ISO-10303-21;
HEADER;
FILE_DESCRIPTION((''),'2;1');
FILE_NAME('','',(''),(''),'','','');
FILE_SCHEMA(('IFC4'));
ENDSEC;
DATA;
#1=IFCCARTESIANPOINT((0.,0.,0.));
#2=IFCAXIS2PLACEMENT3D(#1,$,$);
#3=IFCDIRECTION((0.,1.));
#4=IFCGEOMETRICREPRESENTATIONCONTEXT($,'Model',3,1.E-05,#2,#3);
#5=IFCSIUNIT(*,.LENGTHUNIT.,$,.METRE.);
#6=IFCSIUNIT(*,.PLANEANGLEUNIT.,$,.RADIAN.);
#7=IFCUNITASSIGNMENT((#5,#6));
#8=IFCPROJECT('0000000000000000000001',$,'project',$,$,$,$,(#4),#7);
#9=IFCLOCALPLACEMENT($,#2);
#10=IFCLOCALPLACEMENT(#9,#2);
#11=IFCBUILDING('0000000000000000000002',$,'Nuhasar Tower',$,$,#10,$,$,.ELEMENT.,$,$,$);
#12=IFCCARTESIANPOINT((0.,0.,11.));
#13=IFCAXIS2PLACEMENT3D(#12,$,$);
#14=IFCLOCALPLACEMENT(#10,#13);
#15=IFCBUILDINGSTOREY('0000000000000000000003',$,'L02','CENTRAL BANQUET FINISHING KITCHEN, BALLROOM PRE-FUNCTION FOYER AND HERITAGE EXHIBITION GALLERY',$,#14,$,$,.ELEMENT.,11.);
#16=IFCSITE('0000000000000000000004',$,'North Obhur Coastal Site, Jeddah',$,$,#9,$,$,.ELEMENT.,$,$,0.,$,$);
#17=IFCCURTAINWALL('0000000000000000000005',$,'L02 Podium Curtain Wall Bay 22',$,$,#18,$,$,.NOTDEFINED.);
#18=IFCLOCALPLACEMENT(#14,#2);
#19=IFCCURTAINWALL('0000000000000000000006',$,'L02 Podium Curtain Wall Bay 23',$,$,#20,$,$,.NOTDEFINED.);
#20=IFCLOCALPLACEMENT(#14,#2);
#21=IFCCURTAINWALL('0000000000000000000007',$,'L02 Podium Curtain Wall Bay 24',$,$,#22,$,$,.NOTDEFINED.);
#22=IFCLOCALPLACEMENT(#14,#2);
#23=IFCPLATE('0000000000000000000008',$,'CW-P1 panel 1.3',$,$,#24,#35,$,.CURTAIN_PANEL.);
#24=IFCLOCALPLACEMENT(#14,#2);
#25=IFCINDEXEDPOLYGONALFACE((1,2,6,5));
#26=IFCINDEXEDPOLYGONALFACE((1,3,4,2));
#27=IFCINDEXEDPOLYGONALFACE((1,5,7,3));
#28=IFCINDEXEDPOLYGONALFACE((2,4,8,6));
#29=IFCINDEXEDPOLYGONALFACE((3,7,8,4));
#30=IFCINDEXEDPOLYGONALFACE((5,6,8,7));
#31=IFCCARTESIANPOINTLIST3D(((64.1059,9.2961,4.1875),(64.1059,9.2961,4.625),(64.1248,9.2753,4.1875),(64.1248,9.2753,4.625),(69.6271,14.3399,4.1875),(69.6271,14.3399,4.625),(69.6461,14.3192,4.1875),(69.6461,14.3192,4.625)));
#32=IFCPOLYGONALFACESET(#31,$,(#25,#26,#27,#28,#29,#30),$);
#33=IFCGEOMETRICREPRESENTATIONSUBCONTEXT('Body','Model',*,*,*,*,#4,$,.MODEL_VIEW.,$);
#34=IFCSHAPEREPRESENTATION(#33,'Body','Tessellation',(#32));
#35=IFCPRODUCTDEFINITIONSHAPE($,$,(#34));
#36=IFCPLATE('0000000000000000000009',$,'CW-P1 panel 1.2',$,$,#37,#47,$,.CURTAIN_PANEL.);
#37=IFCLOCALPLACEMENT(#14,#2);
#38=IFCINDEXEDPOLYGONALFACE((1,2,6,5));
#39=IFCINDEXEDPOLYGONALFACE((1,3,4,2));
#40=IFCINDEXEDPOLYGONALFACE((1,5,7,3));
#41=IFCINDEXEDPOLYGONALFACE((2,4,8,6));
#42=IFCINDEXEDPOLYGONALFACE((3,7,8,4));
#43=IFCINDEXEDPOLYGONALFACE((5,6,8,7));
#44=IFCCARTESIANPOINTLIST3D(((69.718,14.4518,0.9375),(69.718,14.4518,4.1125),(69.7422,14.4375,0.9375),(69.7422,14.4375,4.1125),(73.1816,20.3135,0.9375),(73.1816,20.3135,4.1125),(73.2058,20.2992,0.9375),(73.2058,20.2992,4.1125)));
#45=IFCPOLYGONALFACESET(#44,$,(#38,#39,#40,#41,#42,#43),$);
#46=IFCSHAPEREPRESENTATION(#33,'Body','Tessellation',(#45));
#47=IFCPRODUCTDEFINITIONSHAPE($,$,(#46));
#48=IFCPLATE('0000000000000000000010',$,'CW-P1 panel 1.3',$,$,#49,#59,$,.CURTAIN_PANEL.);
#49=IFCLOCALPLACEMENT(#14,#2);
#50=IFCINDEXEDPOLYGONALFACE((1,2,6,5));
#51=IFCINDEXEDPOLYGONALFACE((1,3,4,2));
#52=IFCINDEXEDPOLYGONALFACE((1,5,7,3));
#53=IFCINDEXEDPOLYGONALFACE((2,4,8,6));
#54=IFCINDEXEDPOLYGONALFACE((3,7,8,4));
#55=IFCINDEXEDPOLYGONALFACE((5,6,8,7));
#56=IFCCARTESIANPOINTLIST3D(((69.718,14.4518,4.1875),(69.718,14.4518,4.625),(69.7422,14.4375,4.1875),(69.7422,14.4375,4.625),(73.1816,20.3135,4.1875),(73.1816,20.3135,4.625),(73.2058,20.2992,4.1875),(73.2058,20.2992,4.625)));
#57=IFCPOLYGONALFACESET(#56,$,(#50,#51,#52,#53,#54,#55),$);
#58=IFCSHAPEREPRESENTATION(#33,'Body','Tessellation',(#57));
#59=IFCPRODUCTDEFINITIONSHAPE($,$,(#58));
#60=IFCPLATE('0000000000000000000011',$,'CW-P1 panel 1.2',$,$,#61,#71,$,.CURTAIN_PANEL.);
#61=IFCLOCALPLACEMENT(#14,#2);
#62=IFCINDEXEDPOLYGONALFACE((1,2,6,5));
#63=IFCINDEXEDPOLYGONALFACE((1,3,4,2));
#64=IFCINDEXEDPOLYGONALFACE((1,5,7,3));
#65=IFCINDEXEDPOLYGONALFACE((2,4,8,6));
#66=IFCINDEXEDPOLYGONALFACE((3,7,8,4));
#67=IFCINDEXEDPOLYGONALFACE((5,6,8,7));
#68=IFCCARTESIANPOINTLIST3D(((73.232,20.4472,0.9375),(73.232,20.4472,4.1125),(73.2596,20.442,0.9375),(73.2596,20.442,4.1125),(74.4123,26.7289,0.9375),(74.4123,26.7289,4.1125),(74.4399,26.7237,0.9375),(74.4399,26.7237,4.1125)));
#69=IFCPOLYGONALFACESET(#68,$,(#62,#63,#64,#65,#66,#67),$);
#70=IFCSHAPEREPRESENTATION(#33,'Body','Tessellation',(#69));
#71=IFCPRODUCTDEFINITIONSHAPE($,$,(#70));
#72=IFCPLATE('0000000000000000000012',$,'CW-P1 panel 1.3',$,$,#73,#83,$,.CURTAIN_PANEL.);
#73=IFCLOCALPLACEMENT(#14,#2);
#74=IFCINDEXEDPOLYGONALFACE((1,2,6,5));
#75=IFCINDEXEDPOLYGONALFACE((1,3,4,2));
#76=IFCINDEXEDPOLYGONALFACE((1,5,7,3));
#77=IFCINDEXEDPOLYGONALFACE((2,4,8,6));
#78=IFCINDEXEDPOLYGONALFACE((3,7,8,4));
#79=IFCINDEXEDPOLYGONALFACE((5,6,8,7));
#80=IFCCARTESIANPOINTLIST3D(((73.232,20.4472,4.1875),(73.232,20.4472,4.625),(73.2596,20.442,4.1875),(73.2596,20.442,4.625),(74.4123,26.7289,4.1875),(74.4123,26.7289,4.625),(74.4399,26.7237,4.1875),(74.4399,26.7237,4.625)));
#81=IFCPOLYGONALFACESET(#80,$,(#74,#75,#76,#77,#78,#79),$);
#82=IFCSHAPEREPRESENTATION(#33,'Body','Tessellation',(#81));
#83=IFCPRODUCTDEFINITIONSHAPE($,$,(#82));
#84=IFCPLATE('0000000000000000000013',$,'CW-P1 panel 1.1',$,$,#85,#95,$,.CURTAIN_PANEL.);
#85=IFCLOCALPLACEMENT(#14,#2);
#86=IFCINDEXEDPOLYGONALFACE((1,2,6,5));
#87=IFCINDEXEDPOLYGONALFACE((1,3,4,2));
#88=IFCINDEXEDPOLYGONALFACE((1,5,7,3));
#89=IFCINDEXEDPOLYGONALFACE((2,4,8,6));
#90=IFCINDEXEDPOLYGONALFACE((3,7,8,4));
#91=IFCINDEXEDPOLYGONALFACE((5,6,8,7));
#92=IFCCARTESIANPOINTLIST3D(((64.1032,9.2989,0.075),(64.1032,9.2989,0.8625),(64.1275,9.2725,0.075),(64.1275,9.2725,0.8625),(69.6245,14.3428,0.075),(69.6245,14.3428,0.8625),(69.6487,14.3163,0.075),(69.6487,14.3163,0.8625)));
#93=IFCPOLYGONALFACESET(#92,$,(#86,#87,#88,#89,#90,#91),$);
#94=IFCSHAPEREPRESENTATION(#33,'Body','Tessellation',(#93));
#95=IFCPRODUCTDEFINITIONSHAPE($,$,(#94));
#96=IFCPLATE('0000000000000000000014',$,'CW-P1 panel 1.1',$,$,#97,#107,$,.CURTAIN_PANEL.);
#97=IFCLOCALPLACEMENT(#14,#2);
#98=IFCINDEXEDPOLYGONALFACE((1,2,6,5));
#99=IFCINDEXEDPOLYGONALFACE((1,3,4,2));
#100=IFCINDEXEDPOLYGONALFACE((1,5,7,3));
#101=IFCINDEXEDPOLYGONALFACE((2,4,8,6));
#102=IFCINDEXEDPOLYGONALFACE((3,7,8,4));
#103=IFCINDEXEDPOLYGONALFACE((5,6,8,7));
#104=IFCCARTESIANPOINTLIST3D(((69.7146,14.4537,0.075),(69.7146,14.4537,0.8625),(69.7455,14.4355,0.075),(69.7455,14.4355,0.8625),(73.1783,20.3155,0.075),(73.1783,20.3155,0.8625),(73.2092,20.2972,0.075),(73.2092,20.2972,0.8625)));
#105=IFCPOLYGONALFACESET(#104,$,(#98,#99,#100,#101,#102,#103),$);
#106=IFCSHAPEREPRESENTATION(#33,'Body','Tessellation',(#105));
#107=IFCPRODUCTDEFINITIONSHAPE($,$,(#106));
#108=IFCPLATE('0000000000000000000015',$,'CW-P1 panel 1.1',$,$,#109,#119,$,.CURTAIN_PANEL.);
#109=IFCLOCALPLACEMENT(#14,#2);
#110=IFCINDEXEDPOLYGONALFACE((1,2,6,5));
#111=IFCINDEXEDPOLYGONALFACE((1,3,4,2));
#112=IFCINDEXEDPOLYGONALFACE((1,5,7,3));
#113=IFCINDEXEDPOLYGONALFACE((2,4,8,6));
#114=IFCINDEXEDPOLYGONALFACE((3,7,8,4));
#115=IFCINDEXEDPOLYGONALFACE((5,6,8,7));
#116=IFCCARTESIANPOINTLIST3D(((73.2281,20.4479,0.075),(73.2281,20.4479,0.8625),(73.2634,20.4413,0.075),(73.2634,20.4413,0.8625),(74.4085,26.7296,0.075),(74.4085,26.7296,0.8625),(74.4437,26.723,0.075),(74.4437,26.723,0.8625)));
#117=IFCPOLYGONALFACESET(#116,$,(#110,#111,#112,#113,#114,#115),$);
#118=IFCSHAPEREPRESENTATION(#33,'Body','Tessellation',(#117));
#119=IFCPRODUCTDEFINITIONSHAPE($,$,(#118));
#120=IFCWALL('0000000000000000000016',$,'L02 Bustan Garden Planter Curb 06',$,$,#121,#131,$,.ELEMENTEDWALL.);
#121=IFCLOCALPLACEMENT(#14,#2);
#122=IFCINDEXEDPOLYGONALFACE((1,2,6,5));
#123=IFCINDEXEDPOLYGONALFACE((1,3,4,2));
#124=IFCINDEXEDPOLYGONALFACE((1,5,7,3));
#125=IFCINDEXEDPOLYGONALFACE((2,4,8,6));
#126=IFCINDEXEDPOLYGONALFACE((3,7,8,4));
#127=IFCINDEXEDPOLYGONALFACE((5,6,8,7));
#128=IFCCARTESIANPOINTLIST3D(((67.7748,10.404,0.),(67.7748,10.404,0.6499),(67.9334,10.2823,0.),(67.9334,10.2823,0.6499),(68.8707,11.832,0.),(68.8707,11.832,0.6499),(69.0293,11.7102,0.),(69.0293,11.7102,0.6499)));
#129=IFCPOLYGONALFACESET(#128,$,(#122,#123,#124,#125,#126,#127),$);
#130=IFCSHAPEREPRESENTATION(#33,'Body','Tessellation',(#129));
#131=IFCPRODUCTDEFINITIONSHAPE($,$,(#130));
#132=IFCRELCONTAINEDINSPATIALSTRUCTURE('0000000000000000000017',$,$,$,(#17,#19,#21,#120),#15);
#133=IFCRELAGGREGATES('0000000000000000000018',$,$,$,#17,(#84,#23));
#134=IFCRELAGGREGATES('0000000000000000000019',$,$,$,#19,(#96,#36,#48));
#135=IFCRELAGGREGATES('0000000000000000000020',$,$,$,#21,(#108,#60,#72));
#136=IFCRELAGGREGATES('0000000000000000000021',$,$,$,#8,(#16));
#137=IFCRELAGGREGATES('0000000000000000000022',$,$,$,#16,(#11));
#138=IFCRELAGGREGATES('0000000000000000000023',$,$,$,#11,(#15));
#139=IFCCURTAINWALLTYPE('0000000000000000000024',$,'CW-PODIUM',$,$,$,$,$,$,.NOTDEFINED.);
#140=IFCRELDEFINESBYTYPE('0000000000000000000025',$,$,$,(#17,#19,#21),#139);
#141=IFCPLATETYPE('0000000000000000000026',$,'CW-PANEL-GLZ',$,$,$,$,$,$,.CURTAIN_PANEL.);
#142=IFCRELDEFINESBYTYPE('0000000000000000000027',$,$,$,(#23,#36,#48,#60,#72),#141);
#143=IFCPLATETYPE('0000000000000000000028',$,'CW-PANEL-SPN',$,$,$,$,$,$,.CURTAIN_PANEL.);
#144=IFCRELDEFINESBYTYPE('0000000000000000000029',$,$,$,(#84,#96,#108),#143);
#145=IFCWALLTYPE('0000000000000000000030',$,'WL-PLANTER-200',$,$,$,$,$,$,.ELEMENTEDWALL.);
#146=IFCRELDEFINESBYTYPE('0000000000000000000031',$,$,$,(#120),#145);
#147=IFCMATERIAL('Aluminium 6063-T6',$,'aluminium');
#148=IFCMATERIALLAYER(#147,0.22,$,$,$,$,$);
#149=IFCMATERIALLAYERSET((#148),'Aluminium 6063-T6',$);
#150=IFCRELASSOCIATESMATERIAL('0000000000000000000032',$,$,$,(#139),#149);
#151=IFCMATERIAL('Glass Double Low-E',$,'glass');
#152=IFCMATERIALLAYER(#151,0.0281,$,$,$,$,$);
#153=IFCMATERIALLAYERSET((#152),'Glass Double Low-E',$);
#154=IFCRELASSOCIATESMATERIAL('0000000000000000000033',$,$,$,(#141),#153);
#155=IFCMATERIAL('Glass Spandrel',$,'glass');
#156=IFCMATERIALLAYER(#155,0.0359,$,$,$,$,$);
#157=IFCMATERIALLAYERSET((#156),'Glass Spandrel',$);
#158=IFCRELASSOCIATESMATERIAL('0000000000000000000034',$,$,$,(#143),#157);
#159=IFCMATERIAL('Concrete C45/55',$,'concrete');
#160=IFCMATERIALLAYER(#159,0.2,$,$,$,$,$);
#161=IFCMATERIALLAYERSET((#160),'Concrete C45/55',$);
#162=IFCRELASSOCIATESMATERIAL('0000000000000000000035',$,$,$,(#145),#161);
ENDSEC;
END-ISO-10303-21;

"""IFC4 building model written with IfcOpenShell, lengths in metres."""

from ifc_helpers import new_model, si_unit, direction, frame, frame_2d, origin, origin_2d, place, context, subcontext, project, spatial, rectangle, extrude, material, layer, layer_set, type_object, element, aggregate, save


model = new_model("IFC4")

# Units and contexts
model_context = context("Model", 3, precision=1e-05, world=origin(), true_north=direction((0.0, 1.0)))
body_context = subcontext(model_context, "Body", "Model", "MODEL_VIEW")
ifc_project = project(units=[si_unit("LENGTHUNIT", "METRE"), si_unit("PLANEANGLEUNIT", "RADIAN")], contexts=[model_context])

# Site, building, storey
site_placement = place(None, origin())
site = spatial("IfcSite", under=ifc_project, at=site_placement, Name="North Obhur Coastal Site, Jeddah", CompositionType="ELEMENT", RefElevation=0.0)
building_placement = place(site_placement, origin())
building = spatial("IfcBuilding", under=site, at=building_placement, Name="Nuhasar Tower", CompositionType="ELEMENT")
storey_placement = place(building_placement, frame((0.0, 0.0, 11.0)))
storey = spatial("IfcBuildingStorey", under=building, at=storey_placement, Name="L02", Description="CENTRAL BANQUET FINISHING KITCHEN, BALLROOM PRE-FUNCTION FOYER AND HERITAGE EXHIBITION GALLERY", CompositionType="ELEMENT", Elevation=11.0)

# Shared definitions
ifc_material_1 = material(Name="Aluminium 6063-T6", Category="aluminium")
ifc_layer_1 = layer(ifc_material_1, 0.22)
ifc_layer_set_1 = layer_set([ifc_layer_1], Name="Aluminium 6063-T6")
curtain_wall_type = type_object("IfcCurtainWallType", Name="CW-PODIUM", PredefinedType="NOTDEFINED", material=ifc_layer_set_1)

# Curtain walls
curtain_wall_1_placement = place(storey_placement, origin())
curtain_wall_1 = element("IfcCurtainWall", 1, at=curtain_wall_1_placement, inside=storey, type_object=curtain_wall_type, Name="L02 Podium Curtain Wall Bay 22", PredefinedType="NOTDEFINED")
curtain_wall_2_placement = place(storey_placement, origin())
curtain_wall_2 = element("IfcCurtainWall", 2, at=curtain_wall_2_placement, inside=storey, type_object=curtain_wall_type, Name="L02 Podium Curtain Wall Bay 23", PredefinedType="NOTDEFINED")

# Curtain wall
curtain_wall_3_placement = place(storey_placement, origin())
curtain_wall_3 = element("IfcCurtainWall", 3, at=curtain_wall_3_placement, inside=storey, type_object=curtain_wall_type, Name="L02 Podium Curtain Wall Bay 24", PredefinedType="NOTDEFINED")

# Plates
ifc_material_2 = material(Name="Glass Double Low-E", Category="glass")
ifc_layer_2 = layer(ifc_material_2, 0.0281)
ifc_layer_set_2 = layer_set([ifc_layer_2], Name="Glass Double Low-E")
plate_type_1 = type_object("IfcPlateType", Name="CW-PANEL-GLZ", PredefinedType="CURTAIN_PANEL", material=ifc_layer_set_2)
plate_1_placement = place(storey_placement, frame((66.876, 11.8076, 4.1875), z_axis=(0.0, 0.0, 1.0), x_axis=(0.738307, 0.674465, 0.0)))
plate_1 = element("IfcPlate", 4, at=plate_1_placement, type_object=plate_type_1, Name="CW-P1 panel 1.3", PredefinedType="CURTAIN_PANEL", context=body_context, shape_type="SweptSolid", body=[
    extrude(rectangle(XDim=7.4783, YDim=0.0281, at=origin_2d()), origin(), (0.0, 0.0, 1.0), 0.4375),
])
plate_2_placement = place(storey_placement, frame((71.4619, 17.3755, 0.9375), z_axis=(0.0, 0.0, 1.0), x_axis=(0.508715, 0.860935, 0.0)))
plate_2 = element("IfcPlate", 5, at=plate_2_placement, type_object=plate_type_1, Name="CW-P1 panel 1.2", PredefinedType="CURTAIN_PANEL", context=body_context, shape_type="SweptSolid", body=[
    extrude(rectangle(XDim=6.8086, YDim=0.0281, at=origin_2d()), origin(), (0.0, 0.0, 1.0), 3.175),
])
plate_3_placement = place(storey_placement, frame((71.4619, 17.3755, 4.1875), z_axis=(0.0, 0.0, 1.0), x_axis=(0.508715, 0.860935, 0.0)))
plate_3 = element("IfcPlate", 6, at=plate_3_placement, type_object=plate_type_1, Name="CW-P1 panel 1.3", PredefinedType="CURTAIN_PANEL", context=body_context, shape_type="SweptSolid", body=[
    extrude(rectangle(XDim=6.8086, YDim=0.0281, at=origin_2d()), origin(), (0.0, 0.0, 1.0), 0.4375),
])
plate_4_placement = place(storey_placement, frame((73.8359, 23.5854, 0.9375), z_axis=(0.0, 0.0, 1.0), x_axis=(0.184667, 0.982801, 0.0)))
plate_4 = element("IfcPlate", 7, at=plate_4_placement, type_object=plate_type_1, Name="CW-P1 panel 1.2", PredefinedType="CURTAIN_PANEL", context=body_context, shape_type="SweptSolid", body=[
    extrude(rectangle(XDim=6.3916, YDim=0.0281, at=origin_2d()), origin(), (0.0, 0.0, 1.0), 3.175),
])
plate_5_placement = place(storey_placement, frame((73.8359, 23.5854, 4.1875), z_axis=(0.0, 0.0, 1.0), x_axis=(0.184667, 0.982801, 0.0)))
plate_5 = element("IfcPlate", 8, at=plate_5_placement, type_object=plate_type_1, Name="CW-P1 panel 1.3", PredefinedType="CURTAIN_PANEL", context=body_context, shape_type="SweptSolid", body=[
    extrude(rectangle(XDim=6.3916, YDim=0.0281, at=origin_2d()), origin(), (0.0, 0.0, 1.0), 0.4375),
])
ifc_material_3 = material(Name="Glass Spandrel", Category="glass")
ifc_layer_3 = layer(ifc_material_3, 0.0359)
ifc_layer_set_3 = layer_set([ifc_layer_3], Name="Glass Spandrel")
plate_type_2 = type_object("IfcPlateType", Name="CW-PANEL-SPN", PredefinedType="CURTAIN_PANEL", material=ifc_layer_set_3)
plate_6_placement = place(storey_placement, frame((66.876, 11.8076, 0.075), z_axis=(0.0, 0.0, 1.0), x_axis=(0.738307, 0.674465, 0.0)))
plate_6 = element("IfcPlate", 9, at=plate_6_placement, type_object=plate_type_2, Name="CW-P1 panel 1.1", PredefinedType="CURTAIN_PANEL", context=body_context, shape_type="SweptSolid", body=[
    extrude(rectangle(XDim=7.4783, YDim=0.0359, at=origin_2d()), origin(), (0.0, 0.0, 1.0), 0.7876),
])
aggregate(curtain_wall_1, [plate_6, plate_1])
plate_7_placement = place(storey_placement, frame((71.4619, 17.3755, 0.075), z_axis=(0.0, 0.0, 1.0), x_axis=(0.508715, 0.860935, 0.0)))
plate_7 = element("IfcPlate", 10, at=plate_7_placement, type_object=plate_type_2, Name="CW-P1 panel 1.1", PredefinedType="CURTAIN_PANEL", context=body_context, shape_type="SweptSolid", body=[
    extrude(rectangle(XDim=6.8086, YDim=0.0359, at=origin_2d()), origin(), (0.0, 0.0, 1.0), 0.7876),
])
aggregate(curtain_wall_2, [plate_7, plate_2, plate_3])
plate_8_placement = place(storey_placement, frame((73.8359, 23.5854, 0.075), z_axis=(0.0, 0.0, 1.0), x_axis=(0.184667, 0.982801, 0.0)))
plate_8 = element("IfcPlate", 11, at=plate_8_placement, type_object=plate_type_2, Name="CW-P1 panel 1.1", PredefinedType="CURTAIN_PANEL", context=body_context, shape_type="SweptSolid", body=[
    extrude(rectangle(XDim=6.3916, YDim=0.0359, at=origin_2d()), origin(), (0.0, 0.0, 1.0), 0.7876),
])
aggregate(curtain_wall_3, [plate_8, plate_4, plate_5])

# Wall
ifc_material_4 = material(Name="Concrete C45/55", Category="concrete")
ifc_layer_4 = layer(ifc_material_4, 0.2)
ifc_layer_set_4 = layer_set([ifc_layer_4], Name="Concrete C45/55")
wall_type = type_object("IfcWallType", Name="WL-PLANTER-200", PredefinedType="ELEMENTEDWALL", material=ifc_layer_set_4)
wall_placement = place(storey_placement, frame((68.95, 11.771, 0.0), z_axis=(0.0, 0.0, 1.0), x_axis=(-0.608839, -0.793294, 0.0)))
element("IfcWall", 12, at=wall_placement, inside=storey, type_object=wall_type, Name="L02 Bustan Garden Planter Curb 06", PredefinedType="ELEMENTEDWALL", context=body_context, shape_type="SweptSolid", body=[
    extrude(rectangle(XDim=1.8, YDim=0.2, at=frame_2d((0.8999, 0.0))), origin(), (0.0, 0.0, 1.0), 0.6499),
])

save(model, "model.ifc")
